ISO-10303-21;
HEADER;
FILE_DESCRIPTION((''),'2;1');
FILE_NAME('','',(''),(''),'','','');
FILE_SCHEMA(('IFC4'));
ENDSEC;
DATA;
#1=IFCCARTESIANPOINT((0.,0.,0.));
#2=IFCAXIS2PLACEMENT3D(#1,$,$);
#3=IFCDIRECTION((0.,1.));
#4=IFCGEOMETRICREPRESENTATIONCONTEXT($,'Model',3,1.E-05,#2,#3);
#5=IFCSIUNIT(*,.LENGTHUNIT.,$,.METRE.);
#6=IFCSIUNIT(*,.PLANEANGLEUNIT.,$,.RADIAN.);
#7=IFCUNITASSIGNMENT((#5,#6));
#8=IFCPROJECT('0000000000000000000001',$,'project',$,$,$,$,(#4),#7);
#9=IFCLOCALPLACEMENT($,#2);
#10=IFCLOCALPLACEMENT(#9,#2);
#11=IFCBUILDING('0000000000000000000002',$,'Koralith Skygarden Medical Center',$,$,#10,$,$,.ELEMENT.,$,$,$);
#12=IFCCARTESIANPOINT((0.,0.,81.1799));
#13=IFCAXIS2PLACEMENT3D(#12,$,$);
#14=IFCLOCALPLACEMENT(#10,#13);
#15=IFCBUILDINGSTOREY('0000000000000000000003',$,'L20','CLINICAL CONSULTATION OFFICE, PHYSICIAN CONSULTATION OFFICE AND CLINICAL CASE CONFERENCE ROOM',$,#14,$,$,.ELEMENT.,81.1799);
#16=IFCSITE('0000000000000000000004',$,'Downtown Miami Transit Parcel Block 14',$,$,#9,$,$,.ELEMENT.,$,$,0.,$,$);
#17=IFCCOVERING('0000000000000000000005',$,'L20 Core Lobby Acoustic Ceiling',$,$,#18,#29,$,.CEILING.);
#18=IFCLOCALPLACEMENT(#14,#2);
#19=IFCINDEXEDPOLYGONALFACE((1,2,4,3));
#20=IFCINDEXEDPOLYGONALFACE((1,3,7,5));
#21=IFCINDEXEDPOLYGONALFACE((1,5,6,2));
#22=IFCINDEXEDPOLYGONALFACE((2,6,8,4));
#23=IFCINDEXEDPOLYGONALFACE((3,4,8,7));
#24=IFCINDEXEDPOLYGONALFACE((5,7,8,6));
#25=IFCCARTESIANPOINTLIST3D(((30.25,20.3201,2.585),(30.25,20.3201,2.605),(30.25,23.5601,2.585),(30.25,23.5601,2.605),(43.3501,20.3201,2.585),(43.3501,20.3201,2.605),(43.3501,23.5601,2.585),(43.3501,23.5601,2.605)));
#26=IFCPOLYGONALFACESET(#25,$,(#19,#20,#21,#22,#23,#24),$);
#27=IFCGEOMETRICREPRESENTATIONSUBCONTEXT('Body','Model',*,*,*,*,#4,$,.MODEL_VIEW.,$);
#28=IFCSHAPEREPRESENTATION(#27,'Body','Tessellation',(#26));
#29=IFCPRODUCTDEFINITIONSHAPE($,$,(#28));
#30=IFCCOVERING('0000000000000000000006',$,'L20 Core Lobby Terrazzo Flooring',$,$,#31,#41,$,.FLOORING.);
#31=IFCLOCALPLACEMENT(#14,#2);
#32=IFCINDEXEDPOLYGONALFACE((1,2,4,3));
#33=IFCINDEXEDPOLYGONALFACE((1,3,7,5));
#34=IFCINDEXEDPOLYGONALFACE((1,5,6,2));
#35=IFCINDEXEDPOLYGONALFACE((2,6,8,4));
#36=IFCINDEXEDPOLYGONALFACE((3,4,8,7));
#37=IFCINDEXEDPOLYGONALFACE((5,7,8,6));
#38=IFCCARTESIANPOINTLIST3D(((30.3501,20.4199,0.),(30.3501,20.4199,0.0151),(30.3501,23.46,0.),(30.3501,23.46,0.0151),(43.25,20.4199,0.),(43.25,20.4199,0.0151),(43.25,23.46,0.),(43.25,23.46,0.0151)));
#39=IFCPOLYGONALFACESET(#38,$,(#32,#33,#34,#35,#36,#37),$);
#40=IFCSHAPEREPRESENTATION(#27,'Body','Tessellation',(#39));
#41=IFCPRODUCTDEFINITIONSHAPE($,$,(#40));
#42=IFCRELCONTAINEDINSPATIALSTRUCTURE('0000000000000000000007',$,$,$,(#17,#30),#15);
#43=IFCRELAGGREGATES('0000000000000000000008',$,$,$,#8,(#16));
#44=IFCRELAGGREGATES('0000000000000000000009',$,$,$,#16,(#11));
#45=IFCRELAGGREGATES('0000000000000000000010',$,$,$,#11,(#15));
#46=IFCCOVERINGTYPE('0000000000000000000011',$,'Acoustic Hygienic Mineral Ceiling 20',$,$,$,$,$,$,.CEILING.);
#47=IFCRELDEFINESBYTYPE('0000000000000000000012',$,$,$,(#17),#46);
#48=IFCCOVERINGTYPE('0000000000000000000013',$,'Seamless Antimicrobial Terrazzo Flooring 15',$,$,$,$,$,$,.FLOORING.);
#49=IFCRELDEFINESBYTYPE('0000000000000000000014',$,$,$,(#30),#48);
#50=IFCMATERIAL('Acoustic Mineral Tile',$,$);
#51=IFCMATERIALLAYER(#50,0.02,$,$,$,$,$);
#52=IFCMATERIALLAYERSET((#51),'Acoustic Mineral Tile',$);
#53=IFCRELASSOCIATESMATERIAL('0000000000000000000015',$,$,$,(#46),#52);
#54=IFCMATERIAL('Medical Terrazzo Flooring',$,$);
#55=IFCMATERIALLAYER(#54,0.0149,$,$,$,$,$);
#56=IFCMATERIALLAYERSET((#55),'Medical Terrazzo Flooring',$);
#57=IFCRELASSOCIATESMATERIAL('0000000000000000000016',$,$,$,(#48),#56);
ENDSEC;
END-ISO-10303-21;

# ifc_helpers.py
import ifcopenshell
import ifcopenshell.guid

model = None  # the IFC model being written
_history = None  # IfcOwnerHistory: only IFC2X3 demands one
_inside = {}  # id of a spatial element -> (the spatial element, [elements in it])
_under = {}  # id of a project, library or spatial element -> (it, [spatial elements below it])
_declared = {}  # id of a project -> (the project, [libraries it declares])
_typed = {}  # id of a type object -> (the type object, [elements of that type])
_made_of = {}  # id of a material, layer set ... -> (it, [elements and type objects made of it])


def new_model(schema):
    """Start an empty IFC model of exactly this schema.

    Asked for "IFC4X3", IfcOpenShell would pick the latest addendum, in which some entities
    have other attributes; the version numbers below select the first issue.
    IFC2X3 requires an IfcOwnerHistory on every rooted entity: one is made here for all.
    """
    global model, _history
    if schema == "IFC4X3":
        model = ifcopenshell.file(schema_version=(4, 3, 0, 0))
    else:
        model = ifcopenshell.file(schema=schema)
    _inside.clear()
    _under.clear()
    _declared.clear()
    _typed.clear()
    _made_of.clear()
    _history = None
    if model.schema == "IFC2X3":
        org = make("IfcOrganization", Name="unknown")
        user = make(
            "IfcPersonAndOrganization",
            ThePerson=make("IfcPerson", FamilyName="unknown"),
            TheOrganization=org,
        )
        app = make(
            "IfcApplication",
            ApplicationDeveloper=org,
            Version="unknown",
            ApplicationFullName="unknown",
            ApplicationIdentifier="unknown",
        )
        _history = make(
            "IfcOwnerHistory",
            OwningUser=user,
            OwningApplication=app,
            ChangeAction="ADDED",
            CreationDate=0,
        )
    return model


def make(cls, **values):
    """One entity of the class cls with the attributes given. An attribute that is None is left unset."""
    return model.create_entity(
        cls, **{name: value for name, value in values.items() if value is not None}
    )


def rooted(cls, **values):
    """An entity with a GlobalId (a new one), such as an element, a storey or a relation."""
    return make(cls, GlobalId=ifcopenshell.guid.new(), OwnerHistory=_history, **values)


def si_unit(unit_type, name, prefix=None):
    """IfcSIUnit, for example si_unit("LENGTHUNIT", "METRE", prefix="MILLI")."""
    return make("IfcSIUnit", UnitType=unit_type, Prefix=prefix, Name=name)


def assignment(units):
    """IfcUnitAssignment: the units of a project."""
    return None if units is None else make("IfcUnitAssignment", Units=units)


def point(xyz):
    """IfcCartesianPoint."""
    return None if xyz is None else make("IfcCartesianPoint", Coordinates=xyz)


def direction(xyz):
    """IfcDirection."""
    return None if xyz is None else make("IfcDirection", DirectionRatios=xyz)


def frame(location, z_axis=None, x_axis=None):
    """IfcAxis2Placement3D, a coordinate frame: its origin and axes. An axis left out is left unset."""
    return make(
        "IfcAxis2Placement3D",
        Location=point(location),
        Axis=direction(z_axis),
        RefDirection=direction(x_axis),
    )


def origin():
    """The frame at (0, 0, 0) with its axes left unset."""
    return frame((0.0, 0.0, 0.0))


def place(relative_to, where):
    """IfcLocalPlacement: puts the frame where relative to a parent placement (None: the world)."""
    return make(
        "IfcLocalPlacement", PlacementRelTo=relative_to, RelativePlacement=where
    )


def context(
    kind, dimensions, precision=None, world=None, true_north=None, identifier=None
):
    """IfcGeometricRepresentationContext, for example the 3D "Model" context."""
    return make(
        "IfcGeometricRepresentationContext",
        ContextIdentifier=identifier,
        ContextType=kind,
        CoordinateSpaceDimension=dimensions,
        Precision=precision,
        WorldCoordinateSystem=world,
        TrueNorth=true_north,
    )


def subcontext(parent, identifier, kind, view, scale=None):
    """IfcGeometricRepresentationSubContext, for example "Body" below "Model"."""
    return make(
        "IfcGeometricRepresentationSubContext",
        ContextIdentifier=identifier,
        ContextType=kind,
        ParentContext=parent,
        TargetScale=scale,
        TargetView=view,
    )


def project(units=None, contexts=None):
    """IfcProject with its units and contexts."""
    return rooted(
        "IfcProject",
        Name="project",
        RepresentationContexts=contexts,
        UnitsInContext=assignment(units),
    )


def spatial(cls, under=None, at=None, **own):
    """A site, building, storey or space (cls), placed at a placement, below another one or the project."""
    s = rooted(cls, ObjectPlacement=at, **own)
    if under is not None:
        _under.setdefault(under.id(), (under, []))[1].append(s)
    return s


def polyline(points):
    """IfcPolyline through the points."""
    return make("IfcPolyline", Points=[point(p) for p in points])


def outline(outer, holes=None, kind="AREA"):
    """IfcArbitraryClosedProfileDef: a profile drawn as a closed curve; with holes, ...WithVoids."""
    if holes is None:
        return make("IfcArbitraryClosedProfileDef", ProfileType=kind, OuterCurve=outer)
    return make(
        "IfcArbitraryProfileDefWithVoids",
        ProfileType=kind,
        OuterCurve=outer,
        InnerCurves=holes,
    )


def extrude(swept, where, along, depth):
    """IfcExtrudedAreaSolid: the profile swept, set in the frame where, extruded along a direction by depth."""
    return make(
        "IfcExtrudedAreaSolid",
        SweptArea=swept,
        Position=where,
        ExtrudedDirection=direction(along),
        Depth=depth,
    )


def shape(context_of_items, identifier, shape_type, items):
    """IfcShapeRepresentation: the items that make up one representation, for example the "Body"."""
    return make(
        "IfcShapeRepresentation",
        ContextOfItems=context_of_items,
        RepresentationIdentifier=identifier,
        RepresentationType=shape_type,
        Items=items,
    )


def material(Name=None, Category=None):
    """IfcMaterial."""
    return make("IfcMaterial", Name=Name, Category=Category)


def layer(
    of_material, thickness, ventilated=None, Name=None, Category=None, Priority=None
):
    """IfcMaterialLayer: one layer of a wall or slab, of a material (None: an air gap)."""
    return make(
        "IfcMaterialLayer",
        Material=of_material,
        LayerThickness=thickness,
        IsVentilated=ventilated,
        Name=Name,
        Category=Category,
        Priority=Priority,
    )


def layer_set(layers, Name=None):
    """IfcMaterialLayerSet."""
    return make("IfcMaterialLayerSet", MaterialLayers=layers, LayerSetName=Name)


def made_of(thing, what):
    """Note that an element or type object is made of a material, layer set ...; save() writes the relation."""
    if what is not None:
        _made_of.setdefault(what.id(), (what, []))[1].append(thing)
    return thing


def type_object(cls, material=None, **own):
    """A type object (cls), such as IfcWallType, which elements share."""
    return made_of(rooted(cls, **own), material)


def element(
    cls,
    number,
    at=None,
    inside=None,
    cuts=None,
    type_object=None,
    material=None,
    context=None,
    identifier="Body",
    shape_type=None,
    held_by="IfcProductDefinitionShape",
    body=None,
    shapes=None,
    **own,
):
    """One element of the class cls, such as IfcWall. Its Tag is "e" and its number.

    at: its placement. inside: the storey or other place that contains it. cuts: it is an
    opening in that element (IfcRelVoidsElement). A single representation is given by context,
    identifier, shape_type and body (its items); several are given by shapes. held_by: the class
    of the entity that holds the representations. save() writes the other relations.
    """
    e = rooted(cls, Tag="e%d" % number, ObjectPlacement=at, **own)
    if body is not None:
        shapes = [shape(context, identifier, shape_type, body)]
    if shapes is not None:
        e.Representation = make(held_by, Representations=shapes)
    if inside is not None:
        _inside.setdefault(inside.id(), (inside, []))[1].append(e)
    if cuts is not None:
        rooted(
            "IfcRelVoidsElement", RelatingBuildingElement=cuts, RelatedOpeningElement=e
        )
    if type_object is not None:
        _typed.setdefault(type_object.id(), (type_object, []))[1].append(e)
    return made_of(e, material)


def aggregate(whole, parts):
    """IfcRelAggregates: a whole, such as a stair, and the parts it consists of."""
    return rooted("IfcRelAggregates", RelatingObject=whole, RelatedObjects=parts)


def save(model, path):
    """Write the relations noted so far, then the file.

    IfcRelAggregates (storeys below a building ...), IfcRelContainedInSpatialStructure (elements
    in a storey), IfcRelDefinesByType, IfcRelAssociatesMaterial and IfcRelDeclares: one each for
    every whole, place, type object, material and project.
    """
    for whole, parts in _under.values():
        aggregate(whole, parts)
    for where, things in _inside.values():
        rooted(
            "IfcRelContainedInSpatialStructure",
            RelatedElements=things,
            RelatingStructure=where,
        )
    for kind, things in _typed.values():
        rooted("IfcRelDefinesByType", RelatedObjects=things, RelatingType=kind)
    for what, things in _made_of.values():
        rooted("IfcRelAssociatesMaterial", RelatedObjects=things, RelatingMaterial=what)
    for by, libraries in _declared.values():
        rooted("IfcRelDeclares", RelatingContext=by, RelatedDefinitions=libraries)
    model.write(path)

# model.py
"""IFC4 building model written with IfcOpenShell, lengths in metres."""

from ifc_helpers import new_model, si_unit, direction, frame, origin, place, context, subcontext, project, spatial, polyline, outline, extrude, material, layer, layer_set, type_object, element, save


model = new_model("IFC4")

# Units and contexts
model_context = context("Model", 3, precision=1e-05, world=origin(), true_north=direction((0.0, 1.0)))
body_context = subcontext(model_context, "Body", "Model", "MODEL_VIEW")
ifc_project = project(units=[si_unit("LENGTHUNIT", "METRE"), si_unit("PLANEANGLEUNIT", "RADIAN")], contexts=[model_context])

# Site, building, storey
site_placement = place(None, origin())
site = spatial("IfcSite", under=ifc_project, at=site_placement, Name="Downtown Miami Transit Parcel Block 14", CompositionType="ELEMENT", RefElevation=0.0)
building_placement = place(site_placement, origin())
building = spatial("IfcBuilding", under=site, at=building_placement, Name="Koralith Skygarden Medical Center", CompositionType="ELEMENT")
storey_placement = place(building_placement, frame((0.0, 0.0, 81.1799)))
storey = spatial("IfcBuildingStorey", under=building, at=storey_placement, Name="L20", Description="CLINICAL CONSULTATION OFFICE, PHYSICIAN CONSULTATION OFFICE AND CLINICAL CASE CONFERENCE ROOM", CompositionType="ELEMENT", Elevation=81.1799)

# Coverings
ifc_material_1 = material(Name="Acoustic Mineral Tile")
ifc_layer_1 = layer(ifc_material_1, 0.02)
ifc_layer_set_1 = layer_set([ifc_layer_1], Name="Acoustic Mineral Tile")
covering_type_1 = type_object("IfcCoveringType", Name="Acoustic Hygienic Mineral Ceiling 20", PredefinedType="CEILING", material=ifc_layer_set_1)
covering_1_placement = place(storey_placement, frame((0.0, 0.0, 2.585)))
element("IfcCovering", 1, at=covering_1_placement, inside=storey, type_object=covering_type_1, Name="L20 Core Lobby Acoustic Ceiling", PredefinedType="CEILING", context=body_context, shape_type="SweptSolid", body=[
    extrude(outline(polyline([(30.25, 20.3201), (43.3501, 20.3201), (43.3501, 23.5601), (30.25, 23.5601), (30.25, 20.3201)])), origin(), (0.0, 0.0, 1.0), 0.02),
])
ifc_material_2 = material(Name="Medical Terrazzo Flooring")
ifc_layer_2 = layer(ifc_material_2, 0.0149)
ifc_layer_set_2 = layer_set([ifc_layer_2], Name="Medical Terrazzo Flooring")
covering_type_2 = type_object("IfcCoveringType", Name="Seamless Antimicrobial Terrazzo Flooring 15", PredefinedType="FLOORING", material=ifc_layer_set_2)
covering_2_placement = place(storey_placement, origin())
element("IfcCovering", 2, at=covering_2_placement, inside=storey, type_object=covering_type_2, Name="L20 Core Lobby Terrazzo Flooring", PredefinedType="FLOORING", context=body_context, shape_type="SweptSolid", body=[
    extrude(outline(polyline([(30.3501, 20.4199), (43.25, 20.4199), (43.25, 23.46), (30.3501, 23.46), (30.3501, 20.4199)])), origin(), (0.0, 0.0, 1.0), 0.0151),
])

save(model, "model.ifc")
